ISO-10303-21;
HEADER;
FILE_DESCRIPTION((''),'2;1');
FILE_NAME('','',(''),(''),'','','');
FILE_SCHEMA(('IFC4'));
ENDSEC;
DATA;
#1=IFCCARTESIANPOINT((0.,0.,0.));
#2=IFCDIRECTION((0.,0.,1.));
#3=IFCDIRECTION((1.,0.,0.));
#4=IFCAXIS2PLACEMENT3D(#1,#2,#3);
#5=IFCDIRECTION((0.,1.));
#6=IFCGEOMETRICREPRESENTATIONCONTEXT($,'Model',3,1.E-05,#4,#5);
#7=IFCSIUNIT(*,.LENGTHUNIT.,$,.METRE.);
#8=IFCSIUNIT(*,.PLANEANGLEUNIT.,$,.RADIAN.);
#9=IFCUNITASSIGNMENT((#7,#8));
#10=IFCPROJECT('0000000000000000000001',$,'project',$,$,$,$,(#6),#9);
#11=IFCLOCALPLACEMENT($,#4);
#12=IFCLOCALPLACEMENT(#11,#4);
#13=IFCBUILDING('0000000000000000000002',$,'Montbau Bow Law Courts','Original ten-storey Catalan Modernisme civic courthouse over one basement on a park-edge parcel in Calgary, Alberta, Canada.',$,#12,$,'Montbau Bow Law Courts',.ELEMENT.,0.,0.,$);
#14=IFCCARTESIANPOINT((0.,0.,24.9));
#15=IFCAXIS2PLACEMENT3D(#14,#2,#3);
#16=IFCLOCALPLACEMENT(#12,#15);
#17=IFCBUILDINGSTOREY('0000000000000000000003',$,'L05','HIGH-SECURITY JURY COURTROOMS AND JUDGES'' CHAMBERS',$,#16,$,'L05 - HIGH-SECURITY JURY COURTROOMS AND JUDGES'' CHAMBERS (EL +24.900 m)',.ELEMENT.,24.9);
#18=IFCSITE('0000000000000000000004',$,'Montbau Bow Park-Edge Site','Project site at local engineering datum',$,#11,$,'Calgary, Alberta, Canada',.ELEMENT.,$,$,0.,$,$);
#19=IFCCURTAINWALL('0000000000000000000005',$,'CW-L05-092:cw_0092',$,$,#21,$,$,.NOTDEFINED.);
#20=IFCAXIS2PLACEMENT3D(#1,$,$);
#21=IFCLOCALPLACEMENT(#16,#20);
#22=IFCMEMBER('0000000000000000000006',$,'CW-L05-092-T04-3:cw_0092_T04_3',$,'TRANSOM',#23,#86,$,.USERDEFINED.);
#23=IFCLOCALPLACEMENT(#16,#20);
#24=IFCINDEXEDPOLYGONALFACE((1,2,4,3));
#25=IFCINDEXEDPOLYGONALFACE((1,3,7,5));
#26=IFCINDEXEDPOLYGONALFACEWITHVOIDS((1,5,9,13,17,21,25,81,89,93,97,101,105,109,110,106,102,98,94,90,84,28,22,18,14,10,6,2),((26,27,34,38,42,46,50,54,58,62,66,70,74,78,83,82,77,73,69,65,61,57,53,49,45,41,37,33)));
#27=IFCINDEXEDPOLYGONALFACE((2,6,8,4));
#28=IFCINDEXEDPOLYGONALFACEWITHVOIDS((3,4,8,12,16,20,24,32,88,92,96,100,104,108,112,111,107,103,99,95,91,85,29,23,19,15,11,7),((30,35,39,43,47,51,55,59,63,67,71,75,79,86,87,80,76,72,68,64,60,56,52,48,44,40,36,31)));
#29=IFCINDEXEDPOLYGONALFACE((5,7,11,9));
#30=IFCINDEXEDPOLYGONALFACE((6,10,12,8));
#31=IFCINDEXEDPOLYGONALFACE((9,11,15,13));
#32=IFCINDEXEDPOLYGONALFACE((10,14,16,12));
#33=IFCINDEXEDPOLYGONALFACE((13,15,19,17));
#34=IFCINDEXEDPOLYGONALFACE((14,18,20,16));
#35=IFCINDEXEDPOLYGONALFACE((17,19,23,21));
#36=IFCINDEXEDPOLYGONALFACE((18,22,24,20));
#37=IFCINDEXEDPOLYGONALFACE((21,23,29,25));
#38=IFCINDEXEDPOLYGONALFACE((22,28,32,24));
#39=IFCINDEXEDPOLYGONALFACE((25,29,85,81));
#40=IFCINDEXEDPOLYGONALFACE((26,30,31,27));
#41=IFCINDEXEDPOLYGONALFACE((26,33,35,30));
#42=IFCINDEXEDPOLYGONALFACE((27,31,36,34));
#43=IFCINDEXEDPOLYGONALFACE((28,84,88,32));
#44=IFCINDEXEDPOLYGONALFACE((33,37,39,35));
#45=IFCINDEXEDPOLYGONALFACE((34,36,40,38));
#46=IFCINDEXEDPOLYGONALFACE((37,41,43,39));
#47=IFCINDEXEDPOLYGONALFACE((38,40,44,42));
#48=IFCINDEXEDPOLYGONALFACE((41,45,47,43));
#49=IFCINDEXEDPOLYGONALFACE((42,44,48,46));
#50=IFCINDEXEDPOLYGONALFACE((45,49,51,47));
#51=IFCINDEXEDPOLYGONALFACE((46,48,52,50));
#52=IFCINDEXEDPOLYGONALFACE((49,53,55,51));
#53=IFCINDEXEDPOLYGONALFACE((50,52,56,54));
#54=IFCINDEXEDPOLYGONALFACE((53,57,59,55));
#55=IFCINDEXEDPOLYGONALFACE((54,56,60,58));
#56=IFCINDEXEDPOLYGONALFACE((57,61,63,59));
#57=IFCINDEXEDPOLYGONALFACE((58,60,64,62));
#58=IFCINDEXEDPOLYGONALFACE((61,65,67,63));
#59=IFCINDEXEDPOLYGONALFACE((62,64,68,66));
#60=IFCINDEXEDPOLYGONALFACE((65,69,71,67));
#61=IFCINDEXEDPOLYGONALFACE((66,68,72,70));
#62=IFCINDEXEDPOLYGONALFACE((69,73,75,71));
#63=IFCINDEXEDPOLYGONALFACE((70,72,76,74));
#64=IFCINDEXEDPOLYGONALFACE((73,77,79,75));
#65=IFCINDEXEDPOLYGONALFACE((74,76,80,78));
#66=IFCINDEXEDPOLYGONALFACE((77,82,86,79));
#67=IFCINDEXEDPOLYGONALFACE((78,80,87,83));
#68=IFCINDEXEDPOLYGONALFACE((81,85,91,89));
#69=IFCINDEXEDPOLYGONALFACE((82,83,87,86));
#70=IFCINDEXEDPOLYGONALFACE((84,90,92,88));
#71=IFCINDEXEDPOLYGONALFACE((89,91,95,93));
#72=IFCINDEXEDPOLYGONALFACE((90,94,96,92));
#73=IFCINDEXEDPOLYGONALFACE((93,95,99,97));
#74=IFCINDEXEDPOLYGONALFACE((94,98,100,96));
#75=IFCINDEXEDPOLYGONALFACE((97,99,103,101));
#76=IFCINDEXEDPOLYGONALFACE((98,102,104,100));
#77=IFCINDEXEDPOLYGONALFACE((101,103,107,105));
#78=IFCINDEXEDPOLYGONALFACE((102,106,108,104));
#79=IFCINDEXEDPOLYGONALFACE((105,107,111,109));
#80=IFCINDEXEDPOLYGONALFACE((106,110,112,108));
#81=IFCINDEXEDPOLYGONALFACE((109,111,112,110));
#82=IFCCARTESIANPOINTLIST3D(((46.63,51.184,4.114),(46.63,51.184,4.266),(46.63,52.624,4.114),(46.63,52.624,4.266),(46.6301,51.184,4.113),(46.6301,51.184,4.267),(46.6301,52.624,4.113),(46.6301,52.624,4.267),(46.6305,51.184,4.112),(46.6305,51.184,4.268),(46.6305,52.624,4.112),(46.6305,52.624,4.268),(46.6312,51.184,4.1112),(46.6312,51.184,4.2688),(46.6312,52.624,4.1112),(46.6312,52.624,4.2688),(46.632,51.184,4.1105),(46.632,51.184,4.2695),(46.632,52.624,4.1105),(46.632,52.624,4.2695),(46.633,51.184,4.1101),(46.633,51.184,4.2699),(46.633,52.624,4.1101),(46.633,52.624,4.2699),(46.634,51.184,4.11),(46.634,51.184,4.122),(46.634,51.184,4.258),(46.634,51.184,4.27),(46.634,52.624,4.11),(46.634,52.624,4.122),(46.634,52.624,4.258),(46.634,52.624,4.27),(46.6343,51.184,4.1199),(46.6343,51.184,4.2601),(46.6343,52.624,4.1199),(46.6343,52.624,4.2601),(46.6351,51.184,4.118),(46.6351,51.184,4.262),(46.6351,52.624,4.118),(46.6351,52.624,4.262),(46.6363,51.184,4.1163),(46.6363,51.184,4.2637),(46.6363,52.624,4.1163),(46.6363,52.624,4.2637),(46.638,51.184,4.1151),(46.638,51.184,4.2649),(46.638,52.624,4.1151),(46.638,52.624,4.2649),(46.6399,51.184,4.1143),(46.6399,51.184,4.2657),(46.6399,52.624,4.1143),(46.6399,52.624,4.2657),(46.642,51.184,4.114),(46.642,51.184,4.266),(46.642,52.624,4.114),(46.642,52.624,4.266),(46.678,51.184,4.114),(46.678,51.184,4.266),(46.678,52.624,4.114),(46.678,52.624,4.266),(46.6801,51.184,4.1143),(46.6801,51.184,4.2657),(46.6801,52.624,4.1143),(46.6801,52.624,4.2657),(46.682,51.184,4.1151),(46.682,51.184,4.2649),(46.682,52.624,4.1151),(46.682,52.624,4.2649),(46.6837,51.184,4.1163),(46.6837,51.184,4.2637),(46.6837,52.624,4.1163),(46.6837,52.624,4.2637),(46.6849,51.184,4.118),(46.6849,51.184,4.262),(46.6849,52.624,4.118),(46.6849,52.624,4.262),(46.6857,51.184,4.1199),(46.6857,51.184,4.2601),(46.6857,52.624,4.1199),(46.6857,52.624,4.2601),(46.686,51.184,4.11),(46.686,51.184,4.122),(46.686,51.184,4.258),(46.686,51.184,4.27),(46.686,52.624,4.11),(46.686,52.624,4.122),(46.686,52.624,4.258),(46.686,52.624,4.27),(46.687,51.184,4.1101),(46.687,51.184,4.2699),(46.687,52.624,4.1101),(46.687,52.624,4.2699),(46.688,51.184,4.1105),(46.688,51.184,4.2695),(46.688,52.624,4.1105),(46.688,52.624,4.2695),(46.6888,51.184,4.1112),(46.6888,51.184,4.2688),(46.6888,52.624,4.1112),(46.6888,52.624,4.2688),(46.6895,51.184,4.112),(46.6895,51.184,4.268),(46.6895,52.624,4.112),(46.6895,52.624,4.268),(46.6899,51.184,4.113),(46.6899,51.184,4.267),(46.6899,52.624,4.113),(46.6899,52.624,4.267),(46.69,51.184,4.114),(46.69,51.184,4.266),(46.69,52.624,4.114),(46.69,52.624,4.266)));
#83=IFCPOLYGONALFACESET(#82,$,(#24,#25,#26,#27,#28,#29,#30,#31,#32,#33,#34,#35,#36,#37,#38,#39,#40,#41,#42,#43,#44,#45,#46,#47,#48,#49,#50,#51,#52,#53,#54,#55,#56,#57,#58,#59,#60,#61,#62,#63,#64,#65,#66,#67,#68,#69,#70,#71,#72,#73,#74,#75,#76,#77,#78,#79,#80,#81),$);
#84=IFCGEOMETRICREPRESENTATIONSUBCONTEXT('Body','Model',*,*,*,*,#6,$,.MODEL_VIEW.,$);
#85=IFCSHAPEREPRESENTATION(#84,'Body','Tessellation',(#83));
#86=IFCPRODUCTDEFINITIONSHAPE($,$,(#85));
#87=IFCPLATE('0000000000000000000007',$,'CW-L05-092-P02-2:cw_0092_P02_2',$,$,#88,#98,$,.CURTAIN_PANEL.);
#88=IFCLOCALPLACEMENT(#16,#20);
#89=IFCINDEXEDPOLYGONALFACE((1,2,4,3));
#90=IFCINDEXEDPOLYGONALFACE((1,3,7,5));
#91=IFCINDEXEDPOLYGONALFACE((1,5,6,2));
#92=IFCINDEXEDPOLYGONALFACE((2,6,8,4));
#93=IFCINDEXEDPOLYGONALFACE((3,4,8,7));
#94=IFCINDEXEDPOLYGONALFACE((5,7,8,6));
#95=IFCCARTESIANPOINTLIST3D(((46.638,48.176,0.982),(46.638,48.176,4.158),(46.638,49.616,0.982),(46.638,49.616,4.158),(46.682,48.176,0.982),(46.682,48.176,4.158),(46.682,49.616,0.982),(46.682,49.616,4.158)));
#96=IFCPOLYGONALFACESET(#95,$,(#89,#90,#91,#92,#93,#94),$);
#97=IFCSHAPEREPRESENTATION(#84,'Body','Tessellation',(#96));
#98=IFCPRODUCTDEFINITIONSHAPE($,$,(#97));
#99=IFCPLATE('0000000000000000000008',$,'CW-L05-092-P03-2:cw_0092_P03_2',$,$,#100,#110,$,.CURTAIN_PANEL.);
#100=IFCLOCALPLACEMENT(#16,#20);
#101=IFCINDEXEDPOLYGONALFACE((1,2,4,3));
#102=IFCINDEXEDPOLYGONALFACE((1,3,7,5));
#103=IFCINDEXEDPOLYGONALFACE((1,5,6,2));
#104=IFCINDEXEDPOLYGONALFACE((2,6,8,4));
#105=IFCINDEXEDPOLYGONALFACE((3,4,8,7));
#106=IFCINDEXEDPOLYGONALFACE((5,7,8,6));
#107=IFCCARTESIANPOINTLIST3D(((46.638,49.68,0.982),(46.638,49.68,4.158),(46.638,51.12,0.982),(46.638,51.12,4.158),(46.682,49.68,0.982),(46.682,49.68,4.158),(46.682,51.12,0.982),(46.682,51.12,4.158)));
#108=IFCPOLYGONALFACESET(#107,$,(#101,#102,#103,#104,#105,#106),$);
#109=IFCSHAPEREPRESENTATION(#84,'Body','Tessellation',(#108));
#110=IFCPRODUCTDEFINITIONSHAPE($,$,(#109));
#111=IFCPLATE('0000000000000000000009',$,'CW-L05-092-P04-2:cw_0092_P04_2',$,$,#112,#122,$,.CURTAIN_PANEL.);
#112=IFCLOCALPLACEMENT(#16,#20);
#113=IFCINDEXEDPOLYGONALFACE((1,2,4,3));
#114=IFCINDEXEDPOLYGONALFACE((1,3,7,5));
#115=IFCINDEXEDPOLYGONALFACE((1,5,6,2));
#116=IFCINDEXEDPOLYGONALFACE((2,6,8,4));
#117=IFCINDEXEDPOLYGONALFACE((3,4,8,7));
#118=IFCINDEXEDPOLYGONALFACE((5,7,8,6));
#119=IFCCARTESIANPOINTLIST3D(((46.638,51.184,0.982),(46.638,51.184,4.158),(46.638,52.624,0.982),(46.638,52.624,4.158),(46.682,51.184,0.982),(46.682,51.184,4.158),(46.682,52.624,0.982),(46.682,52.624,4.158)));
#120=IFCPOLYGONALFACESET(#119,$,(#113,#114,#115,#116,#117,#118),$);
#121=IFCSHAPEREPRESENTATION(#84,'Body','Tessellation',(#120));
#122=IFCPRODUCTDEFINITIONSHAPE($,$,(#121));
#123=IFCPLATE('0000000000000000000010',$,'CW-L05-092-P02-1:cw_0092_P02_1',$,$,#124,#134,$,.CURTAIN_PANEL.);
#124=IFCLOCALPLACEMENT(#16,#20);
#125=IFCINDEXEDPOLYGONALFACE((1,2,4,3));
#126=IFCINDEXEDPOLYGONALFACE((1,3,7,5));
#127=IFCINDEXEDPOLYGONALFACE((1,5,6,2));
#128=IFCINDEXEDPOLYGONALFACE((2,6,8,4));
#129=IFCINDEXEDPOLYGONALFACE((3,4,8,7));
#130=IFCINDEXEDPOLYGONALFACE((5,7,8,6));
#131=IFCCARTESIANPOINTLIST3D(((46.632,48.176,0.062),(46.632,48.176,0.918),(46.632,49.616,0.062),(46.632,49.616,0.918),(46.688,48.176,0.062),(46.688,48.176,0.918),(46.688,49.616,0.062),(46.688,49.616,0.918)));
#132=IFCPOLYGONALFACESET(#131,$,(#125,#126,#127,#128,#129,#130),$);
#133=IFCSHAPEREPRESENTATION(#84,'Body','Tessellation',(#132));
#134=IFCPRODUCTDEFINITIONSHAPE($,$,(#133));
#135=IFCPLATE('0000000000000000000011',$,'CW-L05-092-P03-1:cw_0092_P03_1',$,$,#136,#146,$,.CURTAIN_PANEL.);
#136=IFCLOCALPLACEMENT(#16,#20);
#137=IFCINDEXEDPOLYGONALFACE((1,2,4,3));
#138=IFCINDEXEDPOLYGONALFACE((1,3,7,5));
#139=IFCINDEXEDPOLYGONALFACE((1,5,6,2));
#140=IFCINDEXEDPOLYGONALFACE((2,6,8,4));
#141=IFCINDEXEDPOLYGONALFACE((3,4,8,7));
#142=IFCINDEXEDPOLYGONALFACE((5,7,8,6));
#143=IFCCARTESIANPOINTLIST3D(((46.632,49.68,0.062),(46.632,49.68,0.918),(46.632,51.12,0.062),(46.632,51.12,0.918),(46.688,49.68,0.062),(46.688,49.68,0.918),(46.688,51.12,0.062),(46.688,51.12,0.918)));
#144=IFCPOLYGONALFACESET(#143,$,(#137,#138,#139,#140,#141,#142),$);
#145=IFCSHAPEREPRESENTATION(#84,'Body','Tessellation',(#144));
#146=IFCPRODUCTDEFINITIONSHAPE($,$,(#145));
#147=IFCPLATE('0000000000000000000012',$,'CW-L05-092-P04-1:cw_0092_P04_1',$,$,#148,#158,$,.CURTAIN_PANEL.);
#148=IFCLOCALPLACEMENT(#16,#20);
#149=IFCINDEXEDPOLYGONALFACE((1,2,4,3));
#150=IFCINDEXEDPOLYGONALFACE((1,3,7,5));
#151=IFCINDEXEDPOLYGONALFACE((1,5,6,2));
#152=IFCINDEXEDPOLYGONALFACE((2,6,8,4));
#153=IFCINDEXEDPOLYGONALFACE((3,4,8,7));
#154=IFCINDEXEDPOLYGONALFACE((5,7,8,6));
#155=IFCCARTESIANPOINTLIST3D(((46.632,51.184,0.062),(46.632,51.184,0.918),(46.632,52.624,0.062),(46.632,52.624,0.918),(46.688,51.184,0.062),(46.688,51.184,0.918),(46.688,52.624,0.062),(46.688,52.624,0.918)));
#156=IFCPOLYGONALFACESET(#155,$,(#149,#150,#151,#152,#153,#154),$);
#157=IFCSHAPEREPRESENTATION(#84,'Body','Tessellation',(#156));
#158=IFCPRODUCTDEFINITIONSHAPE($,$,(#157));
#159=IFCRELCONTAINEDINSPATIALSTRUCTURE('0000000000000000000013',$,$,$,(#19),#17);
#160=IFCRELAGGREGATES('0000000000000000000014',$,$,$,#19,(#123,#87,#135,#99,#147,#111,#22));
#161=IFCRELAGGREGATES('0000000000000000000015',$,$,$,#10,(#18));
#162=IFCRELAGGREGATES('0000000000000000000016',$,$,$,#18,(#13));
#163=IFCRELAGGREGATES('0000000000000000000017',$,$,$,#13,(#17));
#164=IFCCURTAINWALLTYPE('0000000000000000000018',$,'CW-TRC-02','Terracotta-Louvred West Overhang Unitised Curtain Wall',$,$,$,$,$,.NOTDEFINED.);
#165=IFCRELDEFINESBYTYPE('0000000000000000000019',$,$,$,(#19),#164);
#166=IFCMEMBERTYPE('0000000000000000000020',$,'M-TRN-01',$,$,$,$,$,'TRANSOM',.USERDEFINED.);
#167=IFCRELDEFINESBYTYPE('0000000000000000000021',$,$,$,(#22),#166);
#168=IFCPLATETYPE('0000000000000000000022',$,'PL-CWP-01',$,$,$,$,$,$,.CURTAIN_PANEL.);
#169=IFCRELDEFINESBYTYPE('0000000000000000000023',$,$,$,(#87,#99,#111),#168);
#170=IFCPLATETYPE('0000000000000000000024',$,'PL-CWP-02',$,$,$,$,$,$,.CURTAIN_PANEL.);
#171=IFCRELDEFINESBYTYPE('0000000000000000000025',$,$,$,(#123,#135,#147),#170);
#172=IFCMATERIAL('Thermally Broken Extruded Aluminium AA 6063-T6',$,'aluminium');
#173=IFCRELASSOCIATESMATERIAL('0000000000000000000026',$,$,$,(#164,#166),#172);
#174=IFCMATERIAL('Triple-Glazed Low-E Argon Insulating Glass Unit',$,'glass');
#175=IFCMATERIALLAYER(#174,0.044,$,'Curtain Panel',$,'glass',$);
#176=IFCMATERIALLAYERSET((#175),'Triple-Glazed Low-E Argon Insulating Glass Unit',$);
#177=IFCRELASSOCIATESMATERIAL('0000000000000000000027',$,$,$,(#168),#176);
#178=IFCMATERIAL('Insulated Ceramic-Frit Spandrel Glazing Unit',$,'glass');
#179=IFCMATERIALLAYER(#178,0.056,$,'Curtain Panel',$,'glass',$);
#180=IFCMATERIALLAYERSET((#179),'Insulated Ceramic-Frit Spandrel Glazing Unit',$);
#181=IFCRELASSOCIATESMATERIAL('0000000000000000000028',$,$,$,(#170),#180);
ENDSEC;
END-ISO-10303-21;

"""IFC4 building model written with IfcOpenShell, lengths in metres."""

from ifc_helpers import new_model, si_unit, direction, frame, frame_2d, origin_with_axes, origin_2d_with_axis, place, context, subcontext, project, spatial, rectangle, hollow_rectangle, extrude, material, layer, layer_set, material_profile, profile_set, type_object, element, aggregate, save


model = new_model("IFC4")

# Units and contexts
model_context = context("Model", 3, precision=1e-05, world=origin_with_axes(), true_north=direction((0.0, 1.0)))
body_context = subcontext(model_context, "Body", "Model", "MODEL_VIEW")
ifc_project = project(units=[si_unit("LENGTHUNIT", "METRE"), si_unit("PLANEANGLEUNIT", "RADIAN")], contexts=[model_context])

# Site, building, storey
site_placement = place(None, origin_with_axes())
site = spatial("IfcSite", under=ifc_project, at=site_placement, Name="Montbau Bow Park-Edge Site", Description="Project site at local engineering datum", LongName="Calgary, Alberta, Canada", CompositionType="ELEMENT", RefElevation=0.0)
building_placement = place(site_placement, origin_with_axes())
building = spatial("IfcBuilding", under=site, at=building_placement, Name="Montbau Bow Law Courts", Description="Original ten-storey Catalan Modernisme civic courthouse over one basement on a park-edge parcel in Calgary, Alberta, Canada.", LongName="Montbau Bow Law Courts", CompositionType="ELEMENT", ElevationOfRefHeight=0.0, ElevationOfTerrain=0.0)
storey_placement = place(building_placement, frame((0.0, 0.0, 24.9), z_axis=(0.0, 0.0, 1.0), x_axis=(1.0, 0.0, 0.0)))
storey = spatial("IfcBuildingStorey", under=building, at=storey_placement, Name="L05", Description="HIGH-SECURITY JURY COURTROOMS AND JUDGES' CHAMBERS", LongName="L05 - HIGH-SECURITY JURY COURTROOMS AND JUDGES' CHAMBERS (EL +24.900 m)", CompositionType="ELEMENT", Elevation=24.9)

# Curtain wall, member, plates
ifc_material_1 = material(Name="Thermally Broken Extruded Aluminium AA 6063-T6", Category="aluminium")
curtain_wall_type = type_object("IfcCurtainWallType", Name="CW-TRC-02", Description="Terracotta-Louvred West Overhang Unitised Curtain Wall", PredefinedType="NOTDEFINED", material=ifc_material_1)
curtain_wall_placement = place(None, frame((46.66, 46.64, 24.9), z_axis=(0.0, 0.0, 1.0), x_axis=(1.0, 0.0, 0.0)))
curtain_wall = element("IfcCurtainWall", 1, at=curtain_wall_placement, inside=storey, type_object=curtain_wall_type, Name="CW-L05-092:cw_0092", PredefinedType="NOTDEFINED")
ifc_material_profile_1 = material_profile(ifc_material_1, hollow_rectangle(XDim=0.06, YDim=0.16, WallThickness=0.004, InnerFilletRadius=0.008, OuterFilletRadius=0.004, at=origin_2d_with_axis()), Name="CWT-160X60", Category="Main", Priority=0)
ifc_profile_set_1 = profile_set([ifc_material_profile_1], Name="Thermally Broken Extruded Aluminium AA 6063-T6")
member_type_1 = type_object("IfcMemberType", Name="M-TRN-01", ElementType="TRANSOM", PredefinedType="USERDEFINED", material=ifc_profile_set_1)
member_1_placement = place(None, frame((46.66, 51.184, 29.09), z_axis=(0.0, 1.0, 0.0), x_axis=(-1.0, 0.0, 0.0)))
member_1 = element("IfcMember", 2, at=member_1_placement, type_object=member_type_1, Name="CW-L05-092-T04-3:cw_0092_T04_3", ObjectType="TRANSOM", PredefinedType="USERDEFINED", context=body_context, shape_type="SweptSolid", body=[
    extrude(hollow_rectangle(XDim=0.06, YDim=0.16, WallThickness=0.004, InnerFilletRadius=0.008, OuterFilletRadius=0.004, at=origin_2d_with_axis()), origin_with_axes(), (0.0, 0.0, 1.0), 1.44),
])
ifc_material_2 = material(Name="Triple-Glazed Low-E Argon Insulating Glass Unit", Category="glass")
ifc_layer_1 = layer(ifc_material_2, 0.044, Name="Curtain Panel", Category="glass")
ifc_layer_set_1 = layer_set([ifc_layer_1], Name="Triple-Glazed Low-E Argon Insulating Glass Unit")
plate_type_1 = type_object("IfcPlateType", Name="PL-CWP-01", PredefinedType="CURTAIN_PANEL", material=ifc_layer_set_1)
plate_1_placement = place(None, frame((46.66, 48.176, 25.882), z_axis=(1.0, 0.0, 0.0), x_axis=(0.0, 1.0, 0.0)))
plate_1 = element("IfcPlate", 3, at=plate_1_placement, type_object=plate_type_1, Name="CW-L05-092-P02-2:cw_0092_P02_2", PredefinedType="CURTAIN_PANEL", context=body_context, shape_type="SweptSolid", body=[
    extrude(rectangle(XDim=1.44, YDim=3.176, at=frame_2d((0.72, 1.588), x_axis=(1.0, 0.0))), frame((0.0, 0.0, -0.022), z_axis=(0.0, 0.0, 1.0), x_axis=(1.0, 0.0, 0.0)), (0.0, 0.0, 1.0), 0.044),
])
plate_2_placement = place(None, frame((46.66, 49.68, 25.882), z_axis=(1.0, 0.0, 0.0), x_axis=(0.0, 1.0, 0.0)))
plate_2 = element("IfcPlate", 4, at=plate_2_placement, type_object=plate_type_1, Name="CW-L05-092-P03-2:cw_0092_P03_2", PredefinedType="CURTAIN_PANEL", context=body_context, shape_type="SweptSolid", body=[
    extrude(rectangle(XDim=1.44, YDim=3.176, at=frame_2d((0.72, 1.588), x_axis=(1.0, 0.0))), frame((0.0, 0.0, -0.022), z_axis=(0.0, 0.0, 1.0), x_axis=(1.0, 0.0, 0.0)), (0.0, 0.0, 1.0), 0.044),
])
plate_3_placement = place(None, frame((46.66, 51.184, 25.882), z_axis=(1.0, 0.0, 0.0), x_axis=(0.0, 1.0, 0.0)))
plate_3 = element("IfcPlate", 5, at=plate_3_placement, type_object=plate_type_1, Name="CW-L05-092-P04-2:cw_0092_P04_2", PredefinedType="CURTAIN_PANEL", context=body_context, shape_type="SweptSolid", body=[
    extrude(rectangle(XDim=1.44, YDim=3.176, at=frame_2d((0.72, 1.588), x_axis=(1.0, 0.0))), frame((0.0, 0.0, -0.022), z_axis=(0.0, 0.0, 1.0), x_axis=(1.0, 0.0, 0.0)), (0.0, 0.0, 1.0), 0.044),
])
ifc_material_3 = material(Name="Insulated Ceramic-Frit Spandrel Glazing Unit", Category="glass")
ifc_layer_2 = layer(ifc_material_3, 0.056, Name="Curtain Panel", Category="glass")
ifc_layer_set_2 = layer_set([ifc_layer_2], Name="Insulated Ceramic-Frit Spandrel Glazing Unit")
plate_type_2 = type_object("IfcPlateType", Name="PL-CWP-02", PredefinedType="CURTAIN_PANEL", material=ifc_layer_set_2)
plate_4_placement = place(None, frame((46.66, 48.176, 24.962), z_axis=(1.0, 0.0, 0.0), x_axis=(0.0, 1.0, 0.0)))
plate_4 = element("IfcPlate", 6, at=plate_4_placement, type_object=plate_type_2, Name="CW-L05-092-P02-1:cw_0092_P02_1", PredefinedType="CURTAIN_PANEL", context=body_context, shape_type="SweptSolid", body=[
    extrude(rectangle(XDim=1.44, YDim=0.856, at=frame_2d((0.72, 0.428), x_axis=(1.0, 0.0))), frame((0.0, 0.0, -0.028), z_axis=(0.0, 0.0, 1.0), x_axis=(1.0, 0.0, 0.0)), (0.0, 0.0, 1.0), 0.056),
])
plate_5_placement = place(None, frame((46.66, 49.68, 24.962), z_axis=(1.0, 0.0, 0.0), x_axis=(0.0, 1.0, 0.0)))
plate_5 = element("IfcPlate", 7, at=plate_5_placement, type_object=plate_type_2, Name="CW-L05-092-P03-1:cw_0092_P03_1", PredefinedType="CURTAIN_PANEL", context=body_context, shape_type="SweptSolid", body=[
    extrude(rectangle(XDim=1.44, YDim=0.856, at=frame_2d((0.72, 0.428), x_axis=(1.0, 0.0))), frame((0.0, 0.0, -0.028), z_axis=(0.0, 0.0, 1.0), x_axis=(1.0, 0.0, 0.0)), (0.0, 0.0, 1.0), 0.056),
])
plate_6_placement = place(None, frame((46.66, 51.184, 24.962), z_axis=(1.0, 0.0, 0.0), x_axis=(0.0, 1.0, 0.0)))
plate_6 = element("IfcPlate", 8, at=plate_6_placement, type_object=plate_type_2, Name="CW-L05-092-P04-1:cw_0092_P04_1", PredefinedType="CURTAIN_PANEL", context=body_context, shape_type="SweptSolid", body=[
    extrude(rectangle(XDim=1.44, YDim=0.856, at=frame_2d((0.72, 0.428), x_axis=(1.0, 0.0))), frame((0.0, 0.0, -0.028), z_axis=(0.0, 0.0, 1.0), x_axis=(1.0, 0.0, 0.0)), (0.0, 0.0, 1.0), 0.056),
])
aggregate(curtain_wall, [plate_4, plate_1, plate_5, plate_2, plate_6, plate_3, member_1])

save(model, "model.ifc")
